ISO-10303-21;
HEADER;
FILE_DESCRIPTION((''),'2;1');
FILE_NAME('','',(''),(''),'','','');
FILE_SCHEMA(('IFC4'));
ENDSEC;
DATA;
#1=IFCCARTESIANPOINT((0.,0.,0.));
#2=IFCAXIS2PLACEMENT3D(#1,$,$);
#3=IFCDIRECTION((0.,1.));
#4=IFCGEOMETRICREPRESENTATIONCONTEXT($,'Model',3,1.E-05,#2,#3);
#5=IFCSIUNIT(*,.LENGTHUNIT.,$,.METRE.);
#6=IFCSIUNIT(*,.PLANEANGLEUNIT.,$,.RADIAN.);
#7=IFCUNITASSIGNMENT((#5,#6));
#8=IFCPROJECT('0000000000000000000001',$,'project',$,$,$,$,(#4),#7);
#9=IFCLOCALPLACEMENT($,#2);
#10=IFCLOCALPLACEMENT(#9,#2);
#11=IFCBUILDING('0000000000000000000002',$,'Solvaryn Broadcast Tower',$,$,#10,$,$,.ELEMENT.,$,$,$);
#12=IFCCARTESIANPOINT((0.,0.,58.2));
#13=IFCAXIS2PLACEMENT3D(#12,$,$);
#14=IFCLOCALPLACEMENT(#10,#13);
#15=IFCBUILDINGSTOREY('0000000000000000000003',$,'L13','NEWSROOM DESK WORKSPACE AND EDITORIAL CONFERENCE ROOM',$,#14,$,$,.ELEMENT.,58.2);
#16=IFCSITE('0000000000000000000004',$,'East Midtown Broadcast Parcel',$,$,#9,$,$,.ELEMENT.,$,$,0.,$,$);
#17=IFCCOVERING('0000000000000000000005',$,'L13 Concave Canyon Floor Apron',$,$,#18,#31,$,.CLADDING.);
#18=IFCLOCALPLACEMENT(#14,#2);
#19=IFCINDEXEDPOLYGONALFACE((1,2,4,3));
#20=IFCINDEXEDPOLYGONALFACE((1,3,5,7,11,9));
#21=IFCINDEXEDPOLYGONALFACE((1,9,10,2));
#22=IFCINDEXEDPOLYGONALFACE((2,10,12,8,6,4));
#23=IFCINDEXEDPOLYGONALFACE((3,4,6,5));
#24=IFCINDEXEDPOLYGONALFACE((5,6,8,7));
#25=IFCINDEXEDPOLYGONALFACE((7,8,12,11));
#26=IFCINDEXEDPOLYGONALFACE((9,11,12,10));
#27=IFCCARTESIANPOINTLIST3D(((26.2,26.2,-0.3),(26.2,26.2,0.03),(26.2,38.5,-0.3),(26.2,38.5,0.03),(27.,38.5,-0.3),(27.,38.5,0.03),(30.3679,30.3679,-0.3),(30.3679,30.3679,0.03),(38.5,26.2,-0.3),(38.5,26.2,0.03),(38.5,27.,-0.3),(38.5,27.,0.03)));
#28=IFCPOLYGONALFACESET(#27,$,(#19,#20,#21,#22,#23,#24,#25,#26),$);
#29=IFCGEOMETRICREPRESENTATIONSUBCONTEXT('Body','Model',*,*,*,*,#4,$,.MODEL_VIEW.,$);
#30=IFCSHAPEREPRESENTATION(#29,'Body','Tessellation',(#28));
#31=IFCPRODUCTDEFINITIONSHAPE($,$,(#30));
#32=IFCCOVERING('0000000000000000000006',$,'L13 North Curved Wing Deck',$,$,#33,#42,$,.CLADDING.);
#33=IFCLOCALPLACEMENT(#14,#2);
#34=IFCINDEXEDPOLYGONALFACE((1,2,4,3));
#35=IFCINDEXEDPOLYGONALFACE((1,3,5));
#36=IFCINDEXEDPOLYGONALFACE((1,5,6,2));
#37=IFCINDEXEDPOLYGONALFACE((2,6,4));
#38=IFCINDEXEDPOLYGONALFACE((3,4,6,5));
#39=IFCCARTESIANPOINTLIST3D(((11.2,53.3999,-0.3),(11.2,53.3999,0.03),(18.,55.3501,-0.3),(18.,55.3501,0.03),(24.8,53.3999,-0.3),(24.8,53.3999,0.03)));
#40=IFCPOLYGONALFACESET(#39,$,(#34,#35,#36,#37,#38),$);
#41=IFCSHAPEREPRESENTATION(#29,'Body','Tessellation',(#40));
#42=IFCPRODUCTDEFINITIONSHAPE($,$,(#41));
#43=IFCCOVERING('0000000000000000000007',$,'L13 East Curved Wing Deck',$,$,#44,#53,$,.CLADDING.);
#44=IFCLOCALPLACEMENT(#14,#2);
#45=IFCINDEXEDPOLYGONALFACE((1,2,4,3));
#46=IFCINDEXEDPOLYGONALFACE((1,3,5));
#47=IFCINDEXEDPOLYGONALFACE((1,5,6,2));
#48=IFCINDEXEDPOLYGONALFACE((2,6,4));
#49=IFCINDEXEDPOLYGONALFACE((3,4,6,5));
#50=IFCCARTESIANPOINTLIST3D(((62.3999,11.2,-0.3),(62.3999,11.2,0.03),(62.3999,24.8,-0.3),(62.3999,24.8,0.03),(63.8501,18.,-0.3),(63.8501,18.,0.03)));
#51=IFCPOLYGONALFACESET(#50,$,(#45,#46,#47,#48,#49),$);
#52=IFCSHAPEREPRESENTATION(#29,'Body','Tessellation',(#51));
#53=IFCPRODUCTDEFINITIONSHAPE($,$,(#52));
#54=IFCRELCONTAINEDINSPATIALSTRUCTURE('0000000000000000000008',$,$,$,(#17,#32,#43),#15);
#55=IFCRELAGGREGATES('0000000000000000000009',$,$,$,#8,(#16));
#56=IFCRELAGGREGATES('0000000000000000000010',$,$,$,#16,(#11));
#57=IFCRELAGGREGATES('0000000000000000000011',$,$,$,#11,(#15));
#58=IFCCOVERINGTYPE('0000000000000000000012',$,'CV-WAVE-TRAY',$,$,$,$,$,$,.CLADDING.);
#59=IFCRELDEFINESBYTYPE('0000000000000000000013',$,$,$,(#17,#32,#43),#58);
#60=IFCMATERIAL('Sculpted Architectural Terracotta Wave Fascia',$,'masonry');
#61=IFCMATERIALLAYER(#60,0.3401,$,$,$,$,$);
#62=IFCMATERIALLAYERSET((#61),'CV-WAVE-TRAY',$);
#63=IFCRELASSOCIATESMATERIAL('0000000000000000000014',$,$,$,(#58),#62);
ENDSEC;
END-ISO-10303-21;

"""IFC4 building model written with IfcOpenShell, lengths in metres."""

from ifc_helpers import new_model, si_unit, direction, frame, origin, place, context, subcontext, project, spatial, polyline, outline, extrude, material, layer, layer_set, type_object, element, save


model = new_model("IFC4")

# Units and contexts
model_context = context("Model", 3, precision=1e-05, world=origin(), true_north=direction((0.0, 1.0)))
body_context = subcontext(model_context, "Body", "Model", "MODEL_VIEW")
ifc_project = project(units=[si_unit("LENGTHUNIT", "METRE"), si_unit("PLANEANGLEUNIT", "RADIAN")], contexts=[model_context])

# Site, building, storey
site_placement = place(None, origin())
site = spatial("IfcSite", under=ifc_project, at=site_placement, Name="East Midtown Broadcast Parcel", CompositionType="ELEMENT", RefElevation=0.0)
building_placement = place(site_placement, origin())
building = spatial("IfcBuilding", under=site, at=building_placement, Name="Solvaryn Broadcast Tower", CompositionType="ELEMENT")
storey_placement = place(building_placement, frame((0.0, 0.0, 58.2)))
storey = spatial("IfcBuildingStorey", under=building, at=storey_placement, Name="L13", Description="NEWSROOM DESK WORKSPACE AND EDITORIAL CONFERENCE ROOM", CompositionType="ELEMENT", Elevation=58.2)

# Coverings
ifc_material_1 = material(Name="Sculpted Architectural Terracotta Wave Fascia", Category="masonry")
ifc_layer_1 = layer(ifc_material_1, 0.3401)
ifc_layer_set_1 = layer_set([ifc_layer_1], Name="CV-WAVE-TRAY")
covering_type_1 = type_object("IfcCoveringType", Name="CV-WAVE-TRAY", PredefinedType="CLADDING", material=ifc_layer_set_1)
covering_1_placement = place(storey_placement, frame((0.0, 0.0, -0.3)))
element("IfcCovering", 1, at=covering_1_placement, inside=storey, type_object=covering_type_1, Name="L13 Concave Canyon Floor Apron", PredefinedType="CLADDING", context=body_context, shape_type="SweptSolid", body=[
    extrude(outline(polyline([(26.2, 26.2), (38.5, 26.2), (38.5, 27.0), (30.3679, 30.3679), (27.0, 38.5), (26.2, 38.5), (26.2, 26.2)])), origin(), (0.0, 0.0, 1.0), 0.3301),
])
covering_2_placement = place(storey_placement, frame((0.0, 0.0, -0.3)))
element("IfcCovering", 2, at=covering_2_placement, inside=storey, type_object=covering_type_1, Name="L13 North Curved Wing Deck", PredefinedType="CLADDING", context=body_context, shape_type="SweptSolid", body=[
    extrude(outline(polyline([(11.2, 53.3999), (24.8, 53.3999), (18.0, 55.3501), (11.2, 53.3999)])), origin(), (0.0, 0.0, 1.0), 0.3301),
])
covering_3_placement = place(storey_placement, frame((0.0, 0.0, -0.3)))
element("IfcCovering", 3, at=covering_3_placement, inside=storey, type_object=covering_type_1, Name="L13 East Curved Wing Deck", PredefinedType="CLADDING", context=body_context, shape_type="SweptSolid", body=[
    extrude(outline(polyline([(62.3999, 11.2), (63.8501, 18.0), (62.3999, 24.8), (62.3999, 11.2)])), origin(), (0.0, 0.0, 1.0), 0.3301),
])

save(model, "model.ifc")
